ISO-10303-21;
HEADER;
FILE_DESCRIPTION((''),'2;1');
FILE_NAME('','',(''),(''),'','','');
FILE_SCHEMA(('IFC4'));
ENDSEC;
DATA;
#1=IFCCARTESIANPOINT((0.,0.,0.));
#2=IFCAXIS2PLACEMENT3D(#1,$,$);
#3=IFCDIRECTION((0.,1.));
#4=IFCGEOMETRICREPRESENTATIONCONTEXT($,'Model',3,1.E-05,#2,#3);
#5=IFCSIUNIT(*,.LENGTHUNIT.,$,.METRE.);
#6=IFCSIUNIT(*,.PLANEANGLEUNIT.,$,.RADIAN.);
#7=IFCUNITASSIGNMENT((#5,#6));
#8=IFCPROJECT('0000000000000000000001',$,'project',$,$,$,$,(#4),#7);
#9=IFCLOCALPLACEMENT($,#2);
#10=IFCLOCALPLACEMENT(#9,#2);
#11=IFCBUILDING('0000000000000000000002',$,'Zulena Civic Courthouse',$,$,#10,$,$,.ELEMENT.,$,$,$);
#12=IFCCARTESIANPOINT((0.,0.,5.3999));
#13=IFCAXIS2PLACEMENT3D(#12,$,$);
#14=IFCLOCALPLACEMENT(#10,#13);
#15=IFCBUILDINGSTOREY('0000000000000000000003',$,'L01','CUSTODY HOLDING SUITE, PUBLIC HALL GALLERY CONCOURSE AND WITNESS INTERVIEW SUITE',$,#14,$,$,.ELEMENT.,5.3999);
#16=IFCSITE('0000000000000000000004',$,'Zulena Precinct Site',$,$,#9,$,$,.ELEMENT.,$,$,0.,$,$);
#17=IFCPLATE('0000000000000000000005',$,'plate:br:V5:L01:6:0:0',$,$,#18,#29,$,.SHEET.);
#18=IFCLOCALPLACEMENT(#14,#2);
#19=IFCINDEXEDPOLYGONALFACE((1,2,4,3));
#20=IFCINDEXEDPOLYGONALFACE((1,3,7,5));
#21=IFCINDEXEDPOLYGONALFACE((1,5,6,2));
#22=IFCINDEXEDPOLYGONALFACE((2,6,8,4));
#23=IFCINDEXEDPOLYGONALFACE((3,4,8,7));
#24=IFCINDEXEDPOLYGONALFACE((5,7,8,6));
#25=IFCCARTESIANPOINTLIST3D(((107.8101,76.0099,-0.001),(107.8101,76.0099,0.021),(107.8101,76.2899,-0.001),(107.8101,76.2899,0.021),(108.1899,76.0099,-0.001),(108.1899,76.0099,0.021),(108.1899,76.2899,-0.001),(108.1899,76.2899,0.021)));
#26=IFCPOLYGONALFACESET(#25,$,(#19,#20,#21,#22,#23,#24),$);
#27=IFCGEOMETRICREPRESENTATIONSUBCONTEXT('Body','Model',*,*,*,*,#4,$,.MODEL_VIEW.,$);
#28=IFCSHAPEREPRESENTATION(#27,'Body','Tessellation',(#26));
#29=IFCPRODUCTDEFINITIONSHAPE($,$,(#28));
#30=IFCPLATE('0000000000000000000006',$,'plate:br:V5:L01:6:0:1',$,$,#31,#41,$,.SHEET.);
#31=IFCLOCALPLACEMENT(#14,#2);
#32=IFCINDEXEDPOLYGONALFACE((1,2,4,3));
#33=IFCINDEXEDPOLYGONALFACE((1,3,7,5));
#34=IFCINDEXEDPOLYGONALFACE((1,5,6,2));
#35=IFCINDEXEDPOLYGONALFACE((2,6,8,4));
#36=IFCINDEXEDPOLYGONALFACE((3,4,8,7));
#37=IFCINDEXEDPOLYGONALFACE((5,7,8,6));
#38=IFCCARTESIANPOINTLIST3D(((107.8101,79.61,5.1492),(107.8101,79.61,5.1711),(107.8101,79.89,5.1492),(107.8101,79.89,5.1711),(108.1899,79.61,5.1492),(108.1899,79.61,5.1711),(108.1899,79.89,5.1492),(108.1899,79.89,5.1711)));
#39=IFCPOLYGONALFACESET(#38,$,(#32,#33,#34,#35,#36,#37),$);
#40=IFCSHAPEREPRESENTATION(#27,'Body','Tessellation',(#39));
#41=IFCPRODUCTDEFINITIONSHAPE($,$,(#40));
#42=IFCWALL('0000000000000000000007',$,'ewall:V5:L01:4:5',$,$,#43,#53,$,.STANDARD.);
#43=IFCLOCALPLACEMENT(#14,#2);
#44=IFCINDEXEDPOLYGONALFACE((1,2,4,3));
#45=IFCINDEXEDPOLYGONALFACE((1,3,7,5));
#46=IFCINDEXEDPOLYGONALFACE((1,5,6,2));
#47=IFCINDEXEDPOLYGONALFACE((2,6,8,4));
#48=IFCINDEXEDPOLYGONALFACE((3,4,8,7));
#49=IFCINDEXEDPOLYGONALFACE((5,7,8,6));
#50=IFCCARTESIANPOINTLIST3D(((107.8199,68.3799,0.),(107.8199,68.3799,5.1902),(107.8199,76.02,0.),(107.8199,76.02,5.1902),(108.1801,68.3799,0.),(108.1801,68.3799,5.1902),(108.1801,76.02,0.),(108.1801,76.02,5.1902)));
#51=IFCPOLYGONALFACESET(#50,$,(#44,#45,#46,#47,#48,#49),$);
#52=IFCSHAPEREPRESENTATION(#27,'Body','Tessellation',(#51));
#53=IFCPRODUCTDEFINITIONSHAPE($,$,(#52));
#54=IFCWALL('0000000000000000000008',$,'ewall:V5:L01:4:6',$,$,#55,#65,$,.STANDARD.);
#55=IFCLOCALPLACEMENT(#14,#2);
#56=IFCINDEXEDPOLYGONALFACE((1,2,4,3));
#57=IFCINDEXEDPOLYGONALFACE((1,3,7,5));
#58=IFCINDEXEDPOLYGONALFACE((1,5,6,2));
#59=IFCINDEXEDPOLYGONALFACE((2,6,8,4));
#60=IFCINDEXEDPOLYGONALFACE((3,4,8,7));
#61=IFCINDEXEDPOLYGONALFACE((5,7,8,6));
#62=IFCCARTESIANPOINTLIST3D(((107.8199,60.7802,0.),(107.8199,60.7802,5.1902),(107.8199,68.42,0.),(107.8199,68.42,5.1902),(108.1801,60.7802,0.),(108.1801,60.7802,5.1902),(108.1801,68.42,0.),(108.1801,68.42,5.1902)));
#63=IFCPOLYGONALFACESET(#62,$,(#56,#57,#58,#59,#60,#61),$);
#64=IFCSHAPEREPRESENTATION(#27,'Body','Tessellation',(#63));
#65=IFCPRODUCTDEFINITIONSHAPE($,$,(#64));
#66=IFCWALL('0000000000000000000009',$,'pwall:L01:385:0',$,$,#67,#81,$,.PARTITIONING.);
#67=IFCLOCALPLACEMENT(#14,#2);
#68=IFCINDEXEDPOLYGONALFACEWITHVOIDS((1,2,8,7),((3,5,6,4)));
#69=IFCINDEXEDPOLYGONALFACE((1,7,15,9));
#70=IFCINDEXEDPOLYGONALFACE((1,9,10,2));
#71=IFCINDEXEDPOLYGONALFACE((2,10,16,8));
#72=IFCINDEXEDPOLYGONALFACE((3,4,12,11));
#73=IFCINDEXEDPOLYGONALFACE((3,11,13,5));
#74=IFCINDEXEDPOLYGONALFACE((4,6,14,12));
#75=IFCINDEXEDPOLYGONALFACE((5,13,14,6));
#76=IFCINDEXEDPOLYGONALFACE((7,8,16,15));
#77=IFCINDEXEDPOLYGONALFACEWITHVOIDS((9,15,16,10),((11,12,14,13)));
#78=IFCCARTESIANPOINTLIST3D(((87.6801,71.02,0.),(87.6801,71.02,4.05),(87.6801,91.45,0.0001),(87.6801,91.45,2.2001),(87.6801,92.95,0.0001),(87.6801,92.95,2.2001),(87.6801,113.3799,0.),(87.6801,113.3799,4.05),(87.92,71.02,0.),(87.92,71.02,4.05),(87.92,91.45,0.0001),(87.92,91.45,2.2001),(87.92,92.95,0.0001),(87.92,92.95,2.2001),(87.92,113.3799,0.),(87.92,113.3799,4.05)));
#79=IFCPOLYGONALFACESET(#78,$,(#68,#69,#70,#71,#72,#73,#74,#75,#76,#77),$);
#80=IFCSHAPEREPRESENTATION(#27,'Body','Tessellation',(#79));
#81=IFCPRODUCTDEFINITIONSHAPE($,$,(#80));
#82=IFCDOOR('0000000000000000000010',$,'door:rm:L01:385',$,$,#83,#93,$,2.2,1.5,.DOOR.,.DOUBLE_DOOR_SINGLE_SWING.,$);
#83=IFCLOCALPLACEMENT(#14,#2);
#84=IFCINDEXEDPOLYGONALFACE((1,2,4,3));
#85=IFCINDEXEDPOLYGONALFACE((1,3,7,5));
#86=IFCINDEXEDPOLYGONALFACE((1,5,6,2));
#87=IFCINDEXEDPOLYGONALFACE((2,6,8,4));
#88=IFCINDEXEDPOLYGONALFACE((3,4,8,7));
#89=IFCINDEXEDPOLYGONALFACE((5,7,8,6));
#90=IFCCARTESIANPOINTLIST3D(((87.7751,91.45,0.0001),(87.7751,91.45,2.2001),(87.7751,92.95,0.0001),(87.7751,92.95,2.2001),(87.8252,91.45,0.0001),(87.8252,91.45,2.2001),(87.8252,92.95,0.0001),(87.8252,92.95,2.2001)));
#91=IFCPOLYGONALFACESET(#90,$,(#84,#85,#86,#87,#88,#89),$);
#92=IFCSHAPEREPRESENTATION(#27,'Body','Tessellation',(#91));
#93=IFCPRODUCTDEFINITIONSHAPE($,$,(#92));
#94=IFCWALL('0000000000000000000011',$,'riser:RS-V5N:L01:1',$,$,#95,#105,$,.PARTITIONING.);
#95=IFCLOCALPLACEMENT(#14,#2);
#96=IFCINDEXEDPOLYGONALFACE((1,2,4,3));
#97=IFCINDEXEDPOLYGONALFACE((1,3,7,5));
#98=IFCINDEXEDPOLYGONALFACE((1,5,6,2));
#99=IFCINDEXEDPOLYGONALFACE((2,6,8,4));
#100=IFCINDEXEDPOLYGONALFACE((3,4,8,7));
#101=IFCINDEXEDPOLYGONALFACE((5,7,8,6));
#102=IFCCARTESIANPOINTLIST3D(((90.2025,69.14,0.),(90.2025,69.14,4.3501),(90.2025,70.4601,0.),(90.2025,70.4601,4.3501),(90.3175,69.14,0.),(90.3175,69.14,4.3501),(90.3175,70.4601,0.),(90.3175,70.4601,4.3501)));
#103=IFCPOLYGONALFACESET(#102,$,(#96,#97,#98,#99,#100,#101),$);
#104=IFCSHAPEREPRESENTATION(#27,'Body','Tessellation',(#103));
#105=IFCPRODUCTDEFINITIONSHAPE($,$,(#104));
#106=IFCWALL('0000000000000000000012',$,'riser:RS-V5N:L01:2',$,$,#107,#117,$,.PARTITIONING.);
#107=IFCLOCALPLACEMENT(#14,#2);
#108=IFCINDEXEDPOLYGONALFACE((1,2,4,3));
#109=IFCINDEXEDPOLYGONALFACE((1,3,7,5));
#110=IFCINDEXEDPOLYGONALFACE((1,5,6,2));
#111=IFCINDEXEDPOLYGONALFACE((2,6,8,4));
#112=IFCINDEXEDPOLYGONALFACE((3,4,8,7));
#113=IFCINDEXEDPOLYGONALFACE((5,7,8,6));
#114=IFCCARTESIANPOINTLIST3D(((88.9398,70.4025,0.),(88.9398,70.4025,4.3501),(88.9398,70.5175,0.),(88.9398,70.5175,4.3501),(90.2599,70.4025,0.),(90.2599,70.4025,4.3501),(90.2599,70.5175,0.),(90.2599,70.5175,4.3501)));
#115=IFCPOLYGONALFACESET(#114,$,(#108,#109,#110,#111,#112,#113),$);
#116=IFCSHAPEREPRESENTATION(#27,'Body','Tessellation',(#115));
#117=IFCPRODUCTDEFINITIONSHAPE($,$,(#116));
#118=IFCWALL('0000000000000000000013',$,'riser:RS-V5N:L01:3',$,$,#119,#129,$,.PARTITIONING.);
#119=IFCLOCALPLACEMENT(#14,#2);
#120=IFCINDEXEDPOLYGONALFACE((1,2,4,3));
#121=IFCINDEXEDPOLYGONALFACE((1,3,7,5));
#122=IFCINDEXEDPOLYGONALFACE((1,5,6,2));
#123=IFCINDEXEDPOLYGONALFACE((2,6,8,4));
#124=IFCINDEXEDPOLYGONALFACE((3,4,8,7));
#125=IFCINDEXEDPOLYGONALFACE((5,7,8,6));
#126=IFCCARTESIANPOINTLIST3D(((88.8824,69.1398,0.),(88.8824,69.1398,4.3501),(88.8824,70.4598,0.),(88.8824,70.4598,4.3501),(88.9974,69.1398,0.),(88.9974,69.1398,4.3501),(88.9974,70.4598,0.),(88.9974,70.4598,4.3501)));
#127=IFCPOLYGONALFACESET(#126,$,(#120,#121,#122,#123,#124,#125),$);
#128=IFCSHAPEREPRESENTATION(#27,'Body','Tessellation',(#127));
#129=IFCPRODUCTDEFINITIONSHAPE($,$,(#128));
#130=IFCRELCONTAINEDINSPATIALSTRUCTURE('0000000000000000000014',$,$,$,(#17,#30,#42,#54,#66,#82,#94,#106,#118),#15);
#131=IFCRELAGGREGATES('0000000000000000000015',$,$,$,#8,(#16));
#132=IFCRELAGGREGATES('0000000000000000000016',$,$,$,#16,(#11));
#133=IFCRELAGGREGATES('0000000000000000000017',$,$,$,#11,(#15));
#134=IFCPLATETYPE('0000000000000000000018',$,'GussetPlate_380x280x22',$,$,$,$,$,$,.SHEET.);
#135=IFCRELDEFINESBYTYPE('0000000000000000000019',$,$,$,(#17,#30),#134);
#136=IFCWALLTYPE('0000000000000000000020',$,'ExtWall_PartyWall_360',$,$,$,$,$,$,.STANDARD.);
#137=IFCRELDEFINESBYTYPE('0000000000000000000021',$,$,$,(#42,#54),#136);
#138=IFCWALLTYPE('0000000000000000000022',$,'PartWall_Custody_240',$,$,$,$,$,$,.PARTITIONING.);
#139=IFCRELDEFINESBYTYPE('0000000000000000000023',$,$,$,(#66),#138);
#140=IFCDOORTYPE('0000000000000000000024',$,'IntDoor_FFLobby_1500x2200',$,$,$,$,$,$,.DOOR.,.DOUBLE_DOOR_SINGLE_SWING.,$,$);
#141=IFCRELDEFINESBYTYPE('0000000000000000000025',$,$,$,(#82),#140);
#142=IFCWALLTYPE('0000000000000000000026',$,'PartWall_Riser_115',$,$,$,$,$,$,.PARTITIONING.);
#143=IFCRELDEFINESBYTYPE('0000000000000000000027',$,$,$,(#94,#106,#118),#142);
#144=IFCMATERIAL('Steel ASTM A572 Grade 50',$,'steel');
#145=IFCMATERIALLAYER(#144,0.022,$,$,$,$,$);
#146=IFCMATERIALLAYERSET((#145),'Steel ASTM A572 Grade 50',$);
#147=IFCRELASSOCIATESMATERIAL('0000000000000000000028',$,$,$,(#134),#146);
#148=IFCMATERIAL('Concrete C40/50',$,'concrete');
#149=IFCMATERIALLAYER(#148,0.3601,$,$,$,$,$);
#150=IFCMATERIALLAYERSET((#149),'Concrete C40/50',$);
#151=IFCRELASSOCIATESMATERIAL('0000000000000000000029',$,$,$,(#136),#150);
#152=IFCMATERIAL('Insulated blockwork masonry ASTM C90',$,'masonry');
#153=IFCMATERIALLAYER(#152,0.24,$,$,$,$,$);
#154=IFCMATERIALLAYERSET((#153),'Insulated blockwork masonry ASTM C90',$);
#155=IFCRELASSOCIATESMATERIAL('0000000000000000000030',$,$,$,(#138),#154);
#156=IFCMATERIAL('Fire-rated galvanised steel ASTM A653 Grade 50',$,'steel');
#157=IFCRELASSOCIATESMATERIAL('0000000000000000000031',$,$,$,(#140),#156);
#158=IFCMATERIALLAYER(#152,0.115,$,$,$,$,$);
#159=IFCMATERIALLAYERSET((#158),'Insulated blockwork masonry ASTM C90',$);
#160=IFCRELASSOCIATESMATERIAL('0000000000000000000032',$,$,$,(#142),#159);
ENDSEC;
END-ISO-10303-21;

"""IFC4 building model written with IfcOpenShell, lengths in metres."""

from ifc_helpers import new_model, si_unit, direction, frame, frame_2d, origin, origin_2d, place, context, subcontext, project, spatial, rectangle, extrude, material, layer, layer_set, type_object, element, fill, save


model = new_model("IFC4")

# Units and contexts
model_context = context("Model", 3, precision=1e-05, world=origin(), true_north=direction((0.0, 1.0)))
body_context = subcontext(model_context, "Body", "Model", "MODEL_VIEW")
ifc_project = project(units=[si_unit("LENGTHUNIT", "METRE"), si_unit("PLANEANGLEUNIT", "RADIAN")], contexts=[model_context])

# Site, building, storey
site_placement = place(None, origin())
site = spatial("IfcSite", under=ifc_project, at=site_placement, Name="Zulena Precinct Site", CompositionType="ELEMENT", RefElevation=0.0)
building_placement = place(site_placement, origin())
building = spatial("IfcBuilding", under=site, at=building_placement, Name="Zulena Civic Courthouse", CompositionType="ELEMENT")
storey_placement = place(building_placement, frame((0.0, 0.0, 5.3999)))
storey = spatial("IfcBuildingStorey", under=building, at=storey_placement, Name="L01", Description="CUSTODY HOLDING SUITE, PUBLIC HALL GALLERY CONCOURSE AND WITNESS INTERVIEW SUITE", CompositionType="ELEMENT", Elevation=5.3999)

# Plates
ifc_material_1 = material(Name="Steel ASTM A572 Grade 50", Category="steel")
ifc_layer_1 = layer(ifc_material_1, 0.022)
ifc_layer_set_1 = layer_set([ifc_layer_1], Name="Steel ASTM A572 Grade 50")
plate_type = type_object("IfcPlateType", Name="GussetPlate_380x280x22", PredefinedType="SHEET", material=ifc_layer_set_1)
for number, where, z_axis, x_axis, name in (
    (1, (108.0, 76.1499, -0.001), (0.0, 0.0, 1.0), (1.0, 0.0, 0.0), "plate:br:V5:L01:6:0:0"),
    (2, (108.0, 79.75, 5.1492), (0.0, 0.0, 1.0), (1.0, 0.0, 0.0), "plate:br:V5:L01:6:0:1"),
):
    element("IfcPlate", number, at=place(storey_placement, frame(where, z_axis=z_axis, x_axis=x_axis)), inside=storey, type_object=plate_type, Name=name, PredefinedType="SHEET", context=body_context, shape_type="SweptSolid", body=[
        extrude(rectangle(XDim=0.3799, YDim=0.28, at=origin_2d()), origin(), (0.0, 0.0, 1.0), 0.022),
    ])

# Walls
ifc_material_2 = material(Name="Concrete C40/50", Category="concrete")
ifc_layer_2 = layer(ifc_material_2, 0.3601)
ifc_layer_set_2 = layer_set([ifc_layer_2], Name="Concrete C40/50")
wall_type_1 = type_object("IfcWallType", Name="ExtWall_PartyWall_360", PredefinedType="STANDARD", material=ifc_layer_set_2)
wall_1_placement = place(storey_placement, frame((108.0, 76.02, 0.0), z_axis=(0.0, 0.0, 1.0), x_axis=(0.0, -1.0, 0.0)))
element("IfcWall", 3, at=wall_1_placement, inside=storey, type_object=wall_type_1, Name="ewall:V5:L01:4:5", PredefinedType="STANDARD", context=body_context, shape_type="SweptSolid", body=[
    extrude(rectangle(XDim=7.6401, YDim=0.3601, at=frame_2d((3.8201, 0.0))), origin(), (0.0, 0.0, 1.0), 5.1902),
])
wall_2_placement = place(storey_placement, frame((108.0, 68.4199, 0.0), z_axis=(0.0, 0.0, 1.0), x_axis=(0.0, -1.0, 0.0)))
element("IfcWall", 4, at=wall_2_placement, inside=storey, type_object=wall_type_1, Name="ewall:V5:L01:4:6", PredefinedType="STANDARD", context=body_context, shape_type="SweptSolid", body=[
    extrude(rectangle(XDim=7.6399, YDim=0.3601, at=frame_2d((3.8198, 0.0))), origin(), (0.0, 0.0, 1.0), 5.1902),
])

# Wall, opening, door
ifc_material_3 = material(Name="Insulated blockwork masonry ASTM C90", Category="masonry")
ifc_layer_3 = layer(ifc_material_3, 0.24)
ifc_layer_set_3 = layer_set([ifc_layer_3], Name="Insulated blockwork masonry ASTM C90")
wall_type_2 = type_object("IfcWallType", Name="PartWall_Custody_240", PredefinedType="PARTITIONING", material=ifc_layer_set_3)
wall_3_placement = place(storey_placement, frame((87.8, 71.02, 0.0), z_axis=(0.0, 0.0, 1.0), x_axis=(0.0, 1.0, 0.0)))
wall_3 = element("IfcWall", 5, at=wall_3_placement, inside=storey, type_object=wall_type_2, Name="pwall:L01:385:0", PredefinedType="PARTITIONING", context=body_context, shape_type="SweptSolid", body=[
    extrude(rectangle(XDim=42.3599, YDim=0.24, at=frame_2d((21.1799, 0.0))), origin(), (0.0, 0.0, 1.0), 4.05),
])
opening_placement = place(wall_3_placement, frame((20.4299, 0.0, 0.0)))
opening = element("IfcOpeningElement", 6, at=opening_placement, cuts=wall_3, PredefinedType="OPENING", context=body_context, shape_type="SweptSolid", body=[
    extrude(rectangle(XDim=1.5, YDim=2.2, at=frame_2d((0.75, 1.1001))), frame((0.0, 0.1299, 0.0), z_axis=(0.0, -1.0, 0.0), x_axis=(1.0, 0.0, 0.0)), (0.0, 0.0, 1.0), 0.26),
])
ifc_material_4 = material(Name="Fire-rated galvanised steel ASTM A653 Grade 50", Category="steel")
door_type = type_object("IfcDoorType", Name="IntDoor_FFLobby_1500x2200", OperationType="DOUBLE_DOOR_SINGLE_SWING", PredefinedType="DOOR", material=ifc_material_4)
door_placement = place(opening_placement, origin())
door = element("IfcDoor", 7, at=door_placement, inside=storey, type_object=door_type, Name="door:rm:L01:385", OperationType="DOUBLE_DOOR_SINGLE_SWING", OverallHeight=2.2, OverallWidth=1.5, PredefinedType="DOOR", context=body_context, shape_type="SweptSolid", body=[
    extrude(rectangle(XDim=1.5, YDim=2.2, at=frame_2d((0.75, 1.1001))), frame((0.0, 0.0249, 0.0), z_axis=(0.0, -1.0, 0.0), x_axis=(1.0, 0.0, 0.0)), (0.0, 0.0, 1.0), 0.05),
])
fill(opening, door)

# Walls
ifc_layer_4 = layer(ifc_material_3, 0.115)
ifc_layer_set_4 = layer_set([ifc_layer_4], Name="Insulated blockwork masonry ASTM C90")
wall_type_3 = type_object("IfcWallType", Name="PartWall_Riser_115", PredefinedType="PARTITIONING", material=ifc_layer_set_4)
for number, where, z_axis, x_axis, name in (
    (8, (90.26, 69.1399, 0.0), (0.0, 0.0, 1.0), (0.0, 1.0, 0.0), "riser:RS-V5N:L01:1"),
    (9, (90.26, 70.46, 0.0), (0.0, 0.0, 1.0), (-1.0, 0.0, 0.0), "riser:RS-V5N:L01:2"),
    (10, (88.9399, 70.46, 0.0), (0.0, 0.0, 1.0), (0.0, -1.0, 0.0), "riser:RS-V5N:L01:3"),
):
    element("IfcWall", number, at=place(storey_placement, frame(where, z_axis=z_axis, x_axis=x_axis)), inside=storey, type_object=wall_type_3, Name=name, PredefinedType="PARTITIONING", context=body_context, shape_type="SweptSolid", body=[
        extrude(rectangle(XDim=1.3201, YDim=0.115, at=frame_2d((0.6602, 0.0))), origin(), (0.0, 0.0, 1.0), 4.3501),
    ])

save(model, "model.ifc")
